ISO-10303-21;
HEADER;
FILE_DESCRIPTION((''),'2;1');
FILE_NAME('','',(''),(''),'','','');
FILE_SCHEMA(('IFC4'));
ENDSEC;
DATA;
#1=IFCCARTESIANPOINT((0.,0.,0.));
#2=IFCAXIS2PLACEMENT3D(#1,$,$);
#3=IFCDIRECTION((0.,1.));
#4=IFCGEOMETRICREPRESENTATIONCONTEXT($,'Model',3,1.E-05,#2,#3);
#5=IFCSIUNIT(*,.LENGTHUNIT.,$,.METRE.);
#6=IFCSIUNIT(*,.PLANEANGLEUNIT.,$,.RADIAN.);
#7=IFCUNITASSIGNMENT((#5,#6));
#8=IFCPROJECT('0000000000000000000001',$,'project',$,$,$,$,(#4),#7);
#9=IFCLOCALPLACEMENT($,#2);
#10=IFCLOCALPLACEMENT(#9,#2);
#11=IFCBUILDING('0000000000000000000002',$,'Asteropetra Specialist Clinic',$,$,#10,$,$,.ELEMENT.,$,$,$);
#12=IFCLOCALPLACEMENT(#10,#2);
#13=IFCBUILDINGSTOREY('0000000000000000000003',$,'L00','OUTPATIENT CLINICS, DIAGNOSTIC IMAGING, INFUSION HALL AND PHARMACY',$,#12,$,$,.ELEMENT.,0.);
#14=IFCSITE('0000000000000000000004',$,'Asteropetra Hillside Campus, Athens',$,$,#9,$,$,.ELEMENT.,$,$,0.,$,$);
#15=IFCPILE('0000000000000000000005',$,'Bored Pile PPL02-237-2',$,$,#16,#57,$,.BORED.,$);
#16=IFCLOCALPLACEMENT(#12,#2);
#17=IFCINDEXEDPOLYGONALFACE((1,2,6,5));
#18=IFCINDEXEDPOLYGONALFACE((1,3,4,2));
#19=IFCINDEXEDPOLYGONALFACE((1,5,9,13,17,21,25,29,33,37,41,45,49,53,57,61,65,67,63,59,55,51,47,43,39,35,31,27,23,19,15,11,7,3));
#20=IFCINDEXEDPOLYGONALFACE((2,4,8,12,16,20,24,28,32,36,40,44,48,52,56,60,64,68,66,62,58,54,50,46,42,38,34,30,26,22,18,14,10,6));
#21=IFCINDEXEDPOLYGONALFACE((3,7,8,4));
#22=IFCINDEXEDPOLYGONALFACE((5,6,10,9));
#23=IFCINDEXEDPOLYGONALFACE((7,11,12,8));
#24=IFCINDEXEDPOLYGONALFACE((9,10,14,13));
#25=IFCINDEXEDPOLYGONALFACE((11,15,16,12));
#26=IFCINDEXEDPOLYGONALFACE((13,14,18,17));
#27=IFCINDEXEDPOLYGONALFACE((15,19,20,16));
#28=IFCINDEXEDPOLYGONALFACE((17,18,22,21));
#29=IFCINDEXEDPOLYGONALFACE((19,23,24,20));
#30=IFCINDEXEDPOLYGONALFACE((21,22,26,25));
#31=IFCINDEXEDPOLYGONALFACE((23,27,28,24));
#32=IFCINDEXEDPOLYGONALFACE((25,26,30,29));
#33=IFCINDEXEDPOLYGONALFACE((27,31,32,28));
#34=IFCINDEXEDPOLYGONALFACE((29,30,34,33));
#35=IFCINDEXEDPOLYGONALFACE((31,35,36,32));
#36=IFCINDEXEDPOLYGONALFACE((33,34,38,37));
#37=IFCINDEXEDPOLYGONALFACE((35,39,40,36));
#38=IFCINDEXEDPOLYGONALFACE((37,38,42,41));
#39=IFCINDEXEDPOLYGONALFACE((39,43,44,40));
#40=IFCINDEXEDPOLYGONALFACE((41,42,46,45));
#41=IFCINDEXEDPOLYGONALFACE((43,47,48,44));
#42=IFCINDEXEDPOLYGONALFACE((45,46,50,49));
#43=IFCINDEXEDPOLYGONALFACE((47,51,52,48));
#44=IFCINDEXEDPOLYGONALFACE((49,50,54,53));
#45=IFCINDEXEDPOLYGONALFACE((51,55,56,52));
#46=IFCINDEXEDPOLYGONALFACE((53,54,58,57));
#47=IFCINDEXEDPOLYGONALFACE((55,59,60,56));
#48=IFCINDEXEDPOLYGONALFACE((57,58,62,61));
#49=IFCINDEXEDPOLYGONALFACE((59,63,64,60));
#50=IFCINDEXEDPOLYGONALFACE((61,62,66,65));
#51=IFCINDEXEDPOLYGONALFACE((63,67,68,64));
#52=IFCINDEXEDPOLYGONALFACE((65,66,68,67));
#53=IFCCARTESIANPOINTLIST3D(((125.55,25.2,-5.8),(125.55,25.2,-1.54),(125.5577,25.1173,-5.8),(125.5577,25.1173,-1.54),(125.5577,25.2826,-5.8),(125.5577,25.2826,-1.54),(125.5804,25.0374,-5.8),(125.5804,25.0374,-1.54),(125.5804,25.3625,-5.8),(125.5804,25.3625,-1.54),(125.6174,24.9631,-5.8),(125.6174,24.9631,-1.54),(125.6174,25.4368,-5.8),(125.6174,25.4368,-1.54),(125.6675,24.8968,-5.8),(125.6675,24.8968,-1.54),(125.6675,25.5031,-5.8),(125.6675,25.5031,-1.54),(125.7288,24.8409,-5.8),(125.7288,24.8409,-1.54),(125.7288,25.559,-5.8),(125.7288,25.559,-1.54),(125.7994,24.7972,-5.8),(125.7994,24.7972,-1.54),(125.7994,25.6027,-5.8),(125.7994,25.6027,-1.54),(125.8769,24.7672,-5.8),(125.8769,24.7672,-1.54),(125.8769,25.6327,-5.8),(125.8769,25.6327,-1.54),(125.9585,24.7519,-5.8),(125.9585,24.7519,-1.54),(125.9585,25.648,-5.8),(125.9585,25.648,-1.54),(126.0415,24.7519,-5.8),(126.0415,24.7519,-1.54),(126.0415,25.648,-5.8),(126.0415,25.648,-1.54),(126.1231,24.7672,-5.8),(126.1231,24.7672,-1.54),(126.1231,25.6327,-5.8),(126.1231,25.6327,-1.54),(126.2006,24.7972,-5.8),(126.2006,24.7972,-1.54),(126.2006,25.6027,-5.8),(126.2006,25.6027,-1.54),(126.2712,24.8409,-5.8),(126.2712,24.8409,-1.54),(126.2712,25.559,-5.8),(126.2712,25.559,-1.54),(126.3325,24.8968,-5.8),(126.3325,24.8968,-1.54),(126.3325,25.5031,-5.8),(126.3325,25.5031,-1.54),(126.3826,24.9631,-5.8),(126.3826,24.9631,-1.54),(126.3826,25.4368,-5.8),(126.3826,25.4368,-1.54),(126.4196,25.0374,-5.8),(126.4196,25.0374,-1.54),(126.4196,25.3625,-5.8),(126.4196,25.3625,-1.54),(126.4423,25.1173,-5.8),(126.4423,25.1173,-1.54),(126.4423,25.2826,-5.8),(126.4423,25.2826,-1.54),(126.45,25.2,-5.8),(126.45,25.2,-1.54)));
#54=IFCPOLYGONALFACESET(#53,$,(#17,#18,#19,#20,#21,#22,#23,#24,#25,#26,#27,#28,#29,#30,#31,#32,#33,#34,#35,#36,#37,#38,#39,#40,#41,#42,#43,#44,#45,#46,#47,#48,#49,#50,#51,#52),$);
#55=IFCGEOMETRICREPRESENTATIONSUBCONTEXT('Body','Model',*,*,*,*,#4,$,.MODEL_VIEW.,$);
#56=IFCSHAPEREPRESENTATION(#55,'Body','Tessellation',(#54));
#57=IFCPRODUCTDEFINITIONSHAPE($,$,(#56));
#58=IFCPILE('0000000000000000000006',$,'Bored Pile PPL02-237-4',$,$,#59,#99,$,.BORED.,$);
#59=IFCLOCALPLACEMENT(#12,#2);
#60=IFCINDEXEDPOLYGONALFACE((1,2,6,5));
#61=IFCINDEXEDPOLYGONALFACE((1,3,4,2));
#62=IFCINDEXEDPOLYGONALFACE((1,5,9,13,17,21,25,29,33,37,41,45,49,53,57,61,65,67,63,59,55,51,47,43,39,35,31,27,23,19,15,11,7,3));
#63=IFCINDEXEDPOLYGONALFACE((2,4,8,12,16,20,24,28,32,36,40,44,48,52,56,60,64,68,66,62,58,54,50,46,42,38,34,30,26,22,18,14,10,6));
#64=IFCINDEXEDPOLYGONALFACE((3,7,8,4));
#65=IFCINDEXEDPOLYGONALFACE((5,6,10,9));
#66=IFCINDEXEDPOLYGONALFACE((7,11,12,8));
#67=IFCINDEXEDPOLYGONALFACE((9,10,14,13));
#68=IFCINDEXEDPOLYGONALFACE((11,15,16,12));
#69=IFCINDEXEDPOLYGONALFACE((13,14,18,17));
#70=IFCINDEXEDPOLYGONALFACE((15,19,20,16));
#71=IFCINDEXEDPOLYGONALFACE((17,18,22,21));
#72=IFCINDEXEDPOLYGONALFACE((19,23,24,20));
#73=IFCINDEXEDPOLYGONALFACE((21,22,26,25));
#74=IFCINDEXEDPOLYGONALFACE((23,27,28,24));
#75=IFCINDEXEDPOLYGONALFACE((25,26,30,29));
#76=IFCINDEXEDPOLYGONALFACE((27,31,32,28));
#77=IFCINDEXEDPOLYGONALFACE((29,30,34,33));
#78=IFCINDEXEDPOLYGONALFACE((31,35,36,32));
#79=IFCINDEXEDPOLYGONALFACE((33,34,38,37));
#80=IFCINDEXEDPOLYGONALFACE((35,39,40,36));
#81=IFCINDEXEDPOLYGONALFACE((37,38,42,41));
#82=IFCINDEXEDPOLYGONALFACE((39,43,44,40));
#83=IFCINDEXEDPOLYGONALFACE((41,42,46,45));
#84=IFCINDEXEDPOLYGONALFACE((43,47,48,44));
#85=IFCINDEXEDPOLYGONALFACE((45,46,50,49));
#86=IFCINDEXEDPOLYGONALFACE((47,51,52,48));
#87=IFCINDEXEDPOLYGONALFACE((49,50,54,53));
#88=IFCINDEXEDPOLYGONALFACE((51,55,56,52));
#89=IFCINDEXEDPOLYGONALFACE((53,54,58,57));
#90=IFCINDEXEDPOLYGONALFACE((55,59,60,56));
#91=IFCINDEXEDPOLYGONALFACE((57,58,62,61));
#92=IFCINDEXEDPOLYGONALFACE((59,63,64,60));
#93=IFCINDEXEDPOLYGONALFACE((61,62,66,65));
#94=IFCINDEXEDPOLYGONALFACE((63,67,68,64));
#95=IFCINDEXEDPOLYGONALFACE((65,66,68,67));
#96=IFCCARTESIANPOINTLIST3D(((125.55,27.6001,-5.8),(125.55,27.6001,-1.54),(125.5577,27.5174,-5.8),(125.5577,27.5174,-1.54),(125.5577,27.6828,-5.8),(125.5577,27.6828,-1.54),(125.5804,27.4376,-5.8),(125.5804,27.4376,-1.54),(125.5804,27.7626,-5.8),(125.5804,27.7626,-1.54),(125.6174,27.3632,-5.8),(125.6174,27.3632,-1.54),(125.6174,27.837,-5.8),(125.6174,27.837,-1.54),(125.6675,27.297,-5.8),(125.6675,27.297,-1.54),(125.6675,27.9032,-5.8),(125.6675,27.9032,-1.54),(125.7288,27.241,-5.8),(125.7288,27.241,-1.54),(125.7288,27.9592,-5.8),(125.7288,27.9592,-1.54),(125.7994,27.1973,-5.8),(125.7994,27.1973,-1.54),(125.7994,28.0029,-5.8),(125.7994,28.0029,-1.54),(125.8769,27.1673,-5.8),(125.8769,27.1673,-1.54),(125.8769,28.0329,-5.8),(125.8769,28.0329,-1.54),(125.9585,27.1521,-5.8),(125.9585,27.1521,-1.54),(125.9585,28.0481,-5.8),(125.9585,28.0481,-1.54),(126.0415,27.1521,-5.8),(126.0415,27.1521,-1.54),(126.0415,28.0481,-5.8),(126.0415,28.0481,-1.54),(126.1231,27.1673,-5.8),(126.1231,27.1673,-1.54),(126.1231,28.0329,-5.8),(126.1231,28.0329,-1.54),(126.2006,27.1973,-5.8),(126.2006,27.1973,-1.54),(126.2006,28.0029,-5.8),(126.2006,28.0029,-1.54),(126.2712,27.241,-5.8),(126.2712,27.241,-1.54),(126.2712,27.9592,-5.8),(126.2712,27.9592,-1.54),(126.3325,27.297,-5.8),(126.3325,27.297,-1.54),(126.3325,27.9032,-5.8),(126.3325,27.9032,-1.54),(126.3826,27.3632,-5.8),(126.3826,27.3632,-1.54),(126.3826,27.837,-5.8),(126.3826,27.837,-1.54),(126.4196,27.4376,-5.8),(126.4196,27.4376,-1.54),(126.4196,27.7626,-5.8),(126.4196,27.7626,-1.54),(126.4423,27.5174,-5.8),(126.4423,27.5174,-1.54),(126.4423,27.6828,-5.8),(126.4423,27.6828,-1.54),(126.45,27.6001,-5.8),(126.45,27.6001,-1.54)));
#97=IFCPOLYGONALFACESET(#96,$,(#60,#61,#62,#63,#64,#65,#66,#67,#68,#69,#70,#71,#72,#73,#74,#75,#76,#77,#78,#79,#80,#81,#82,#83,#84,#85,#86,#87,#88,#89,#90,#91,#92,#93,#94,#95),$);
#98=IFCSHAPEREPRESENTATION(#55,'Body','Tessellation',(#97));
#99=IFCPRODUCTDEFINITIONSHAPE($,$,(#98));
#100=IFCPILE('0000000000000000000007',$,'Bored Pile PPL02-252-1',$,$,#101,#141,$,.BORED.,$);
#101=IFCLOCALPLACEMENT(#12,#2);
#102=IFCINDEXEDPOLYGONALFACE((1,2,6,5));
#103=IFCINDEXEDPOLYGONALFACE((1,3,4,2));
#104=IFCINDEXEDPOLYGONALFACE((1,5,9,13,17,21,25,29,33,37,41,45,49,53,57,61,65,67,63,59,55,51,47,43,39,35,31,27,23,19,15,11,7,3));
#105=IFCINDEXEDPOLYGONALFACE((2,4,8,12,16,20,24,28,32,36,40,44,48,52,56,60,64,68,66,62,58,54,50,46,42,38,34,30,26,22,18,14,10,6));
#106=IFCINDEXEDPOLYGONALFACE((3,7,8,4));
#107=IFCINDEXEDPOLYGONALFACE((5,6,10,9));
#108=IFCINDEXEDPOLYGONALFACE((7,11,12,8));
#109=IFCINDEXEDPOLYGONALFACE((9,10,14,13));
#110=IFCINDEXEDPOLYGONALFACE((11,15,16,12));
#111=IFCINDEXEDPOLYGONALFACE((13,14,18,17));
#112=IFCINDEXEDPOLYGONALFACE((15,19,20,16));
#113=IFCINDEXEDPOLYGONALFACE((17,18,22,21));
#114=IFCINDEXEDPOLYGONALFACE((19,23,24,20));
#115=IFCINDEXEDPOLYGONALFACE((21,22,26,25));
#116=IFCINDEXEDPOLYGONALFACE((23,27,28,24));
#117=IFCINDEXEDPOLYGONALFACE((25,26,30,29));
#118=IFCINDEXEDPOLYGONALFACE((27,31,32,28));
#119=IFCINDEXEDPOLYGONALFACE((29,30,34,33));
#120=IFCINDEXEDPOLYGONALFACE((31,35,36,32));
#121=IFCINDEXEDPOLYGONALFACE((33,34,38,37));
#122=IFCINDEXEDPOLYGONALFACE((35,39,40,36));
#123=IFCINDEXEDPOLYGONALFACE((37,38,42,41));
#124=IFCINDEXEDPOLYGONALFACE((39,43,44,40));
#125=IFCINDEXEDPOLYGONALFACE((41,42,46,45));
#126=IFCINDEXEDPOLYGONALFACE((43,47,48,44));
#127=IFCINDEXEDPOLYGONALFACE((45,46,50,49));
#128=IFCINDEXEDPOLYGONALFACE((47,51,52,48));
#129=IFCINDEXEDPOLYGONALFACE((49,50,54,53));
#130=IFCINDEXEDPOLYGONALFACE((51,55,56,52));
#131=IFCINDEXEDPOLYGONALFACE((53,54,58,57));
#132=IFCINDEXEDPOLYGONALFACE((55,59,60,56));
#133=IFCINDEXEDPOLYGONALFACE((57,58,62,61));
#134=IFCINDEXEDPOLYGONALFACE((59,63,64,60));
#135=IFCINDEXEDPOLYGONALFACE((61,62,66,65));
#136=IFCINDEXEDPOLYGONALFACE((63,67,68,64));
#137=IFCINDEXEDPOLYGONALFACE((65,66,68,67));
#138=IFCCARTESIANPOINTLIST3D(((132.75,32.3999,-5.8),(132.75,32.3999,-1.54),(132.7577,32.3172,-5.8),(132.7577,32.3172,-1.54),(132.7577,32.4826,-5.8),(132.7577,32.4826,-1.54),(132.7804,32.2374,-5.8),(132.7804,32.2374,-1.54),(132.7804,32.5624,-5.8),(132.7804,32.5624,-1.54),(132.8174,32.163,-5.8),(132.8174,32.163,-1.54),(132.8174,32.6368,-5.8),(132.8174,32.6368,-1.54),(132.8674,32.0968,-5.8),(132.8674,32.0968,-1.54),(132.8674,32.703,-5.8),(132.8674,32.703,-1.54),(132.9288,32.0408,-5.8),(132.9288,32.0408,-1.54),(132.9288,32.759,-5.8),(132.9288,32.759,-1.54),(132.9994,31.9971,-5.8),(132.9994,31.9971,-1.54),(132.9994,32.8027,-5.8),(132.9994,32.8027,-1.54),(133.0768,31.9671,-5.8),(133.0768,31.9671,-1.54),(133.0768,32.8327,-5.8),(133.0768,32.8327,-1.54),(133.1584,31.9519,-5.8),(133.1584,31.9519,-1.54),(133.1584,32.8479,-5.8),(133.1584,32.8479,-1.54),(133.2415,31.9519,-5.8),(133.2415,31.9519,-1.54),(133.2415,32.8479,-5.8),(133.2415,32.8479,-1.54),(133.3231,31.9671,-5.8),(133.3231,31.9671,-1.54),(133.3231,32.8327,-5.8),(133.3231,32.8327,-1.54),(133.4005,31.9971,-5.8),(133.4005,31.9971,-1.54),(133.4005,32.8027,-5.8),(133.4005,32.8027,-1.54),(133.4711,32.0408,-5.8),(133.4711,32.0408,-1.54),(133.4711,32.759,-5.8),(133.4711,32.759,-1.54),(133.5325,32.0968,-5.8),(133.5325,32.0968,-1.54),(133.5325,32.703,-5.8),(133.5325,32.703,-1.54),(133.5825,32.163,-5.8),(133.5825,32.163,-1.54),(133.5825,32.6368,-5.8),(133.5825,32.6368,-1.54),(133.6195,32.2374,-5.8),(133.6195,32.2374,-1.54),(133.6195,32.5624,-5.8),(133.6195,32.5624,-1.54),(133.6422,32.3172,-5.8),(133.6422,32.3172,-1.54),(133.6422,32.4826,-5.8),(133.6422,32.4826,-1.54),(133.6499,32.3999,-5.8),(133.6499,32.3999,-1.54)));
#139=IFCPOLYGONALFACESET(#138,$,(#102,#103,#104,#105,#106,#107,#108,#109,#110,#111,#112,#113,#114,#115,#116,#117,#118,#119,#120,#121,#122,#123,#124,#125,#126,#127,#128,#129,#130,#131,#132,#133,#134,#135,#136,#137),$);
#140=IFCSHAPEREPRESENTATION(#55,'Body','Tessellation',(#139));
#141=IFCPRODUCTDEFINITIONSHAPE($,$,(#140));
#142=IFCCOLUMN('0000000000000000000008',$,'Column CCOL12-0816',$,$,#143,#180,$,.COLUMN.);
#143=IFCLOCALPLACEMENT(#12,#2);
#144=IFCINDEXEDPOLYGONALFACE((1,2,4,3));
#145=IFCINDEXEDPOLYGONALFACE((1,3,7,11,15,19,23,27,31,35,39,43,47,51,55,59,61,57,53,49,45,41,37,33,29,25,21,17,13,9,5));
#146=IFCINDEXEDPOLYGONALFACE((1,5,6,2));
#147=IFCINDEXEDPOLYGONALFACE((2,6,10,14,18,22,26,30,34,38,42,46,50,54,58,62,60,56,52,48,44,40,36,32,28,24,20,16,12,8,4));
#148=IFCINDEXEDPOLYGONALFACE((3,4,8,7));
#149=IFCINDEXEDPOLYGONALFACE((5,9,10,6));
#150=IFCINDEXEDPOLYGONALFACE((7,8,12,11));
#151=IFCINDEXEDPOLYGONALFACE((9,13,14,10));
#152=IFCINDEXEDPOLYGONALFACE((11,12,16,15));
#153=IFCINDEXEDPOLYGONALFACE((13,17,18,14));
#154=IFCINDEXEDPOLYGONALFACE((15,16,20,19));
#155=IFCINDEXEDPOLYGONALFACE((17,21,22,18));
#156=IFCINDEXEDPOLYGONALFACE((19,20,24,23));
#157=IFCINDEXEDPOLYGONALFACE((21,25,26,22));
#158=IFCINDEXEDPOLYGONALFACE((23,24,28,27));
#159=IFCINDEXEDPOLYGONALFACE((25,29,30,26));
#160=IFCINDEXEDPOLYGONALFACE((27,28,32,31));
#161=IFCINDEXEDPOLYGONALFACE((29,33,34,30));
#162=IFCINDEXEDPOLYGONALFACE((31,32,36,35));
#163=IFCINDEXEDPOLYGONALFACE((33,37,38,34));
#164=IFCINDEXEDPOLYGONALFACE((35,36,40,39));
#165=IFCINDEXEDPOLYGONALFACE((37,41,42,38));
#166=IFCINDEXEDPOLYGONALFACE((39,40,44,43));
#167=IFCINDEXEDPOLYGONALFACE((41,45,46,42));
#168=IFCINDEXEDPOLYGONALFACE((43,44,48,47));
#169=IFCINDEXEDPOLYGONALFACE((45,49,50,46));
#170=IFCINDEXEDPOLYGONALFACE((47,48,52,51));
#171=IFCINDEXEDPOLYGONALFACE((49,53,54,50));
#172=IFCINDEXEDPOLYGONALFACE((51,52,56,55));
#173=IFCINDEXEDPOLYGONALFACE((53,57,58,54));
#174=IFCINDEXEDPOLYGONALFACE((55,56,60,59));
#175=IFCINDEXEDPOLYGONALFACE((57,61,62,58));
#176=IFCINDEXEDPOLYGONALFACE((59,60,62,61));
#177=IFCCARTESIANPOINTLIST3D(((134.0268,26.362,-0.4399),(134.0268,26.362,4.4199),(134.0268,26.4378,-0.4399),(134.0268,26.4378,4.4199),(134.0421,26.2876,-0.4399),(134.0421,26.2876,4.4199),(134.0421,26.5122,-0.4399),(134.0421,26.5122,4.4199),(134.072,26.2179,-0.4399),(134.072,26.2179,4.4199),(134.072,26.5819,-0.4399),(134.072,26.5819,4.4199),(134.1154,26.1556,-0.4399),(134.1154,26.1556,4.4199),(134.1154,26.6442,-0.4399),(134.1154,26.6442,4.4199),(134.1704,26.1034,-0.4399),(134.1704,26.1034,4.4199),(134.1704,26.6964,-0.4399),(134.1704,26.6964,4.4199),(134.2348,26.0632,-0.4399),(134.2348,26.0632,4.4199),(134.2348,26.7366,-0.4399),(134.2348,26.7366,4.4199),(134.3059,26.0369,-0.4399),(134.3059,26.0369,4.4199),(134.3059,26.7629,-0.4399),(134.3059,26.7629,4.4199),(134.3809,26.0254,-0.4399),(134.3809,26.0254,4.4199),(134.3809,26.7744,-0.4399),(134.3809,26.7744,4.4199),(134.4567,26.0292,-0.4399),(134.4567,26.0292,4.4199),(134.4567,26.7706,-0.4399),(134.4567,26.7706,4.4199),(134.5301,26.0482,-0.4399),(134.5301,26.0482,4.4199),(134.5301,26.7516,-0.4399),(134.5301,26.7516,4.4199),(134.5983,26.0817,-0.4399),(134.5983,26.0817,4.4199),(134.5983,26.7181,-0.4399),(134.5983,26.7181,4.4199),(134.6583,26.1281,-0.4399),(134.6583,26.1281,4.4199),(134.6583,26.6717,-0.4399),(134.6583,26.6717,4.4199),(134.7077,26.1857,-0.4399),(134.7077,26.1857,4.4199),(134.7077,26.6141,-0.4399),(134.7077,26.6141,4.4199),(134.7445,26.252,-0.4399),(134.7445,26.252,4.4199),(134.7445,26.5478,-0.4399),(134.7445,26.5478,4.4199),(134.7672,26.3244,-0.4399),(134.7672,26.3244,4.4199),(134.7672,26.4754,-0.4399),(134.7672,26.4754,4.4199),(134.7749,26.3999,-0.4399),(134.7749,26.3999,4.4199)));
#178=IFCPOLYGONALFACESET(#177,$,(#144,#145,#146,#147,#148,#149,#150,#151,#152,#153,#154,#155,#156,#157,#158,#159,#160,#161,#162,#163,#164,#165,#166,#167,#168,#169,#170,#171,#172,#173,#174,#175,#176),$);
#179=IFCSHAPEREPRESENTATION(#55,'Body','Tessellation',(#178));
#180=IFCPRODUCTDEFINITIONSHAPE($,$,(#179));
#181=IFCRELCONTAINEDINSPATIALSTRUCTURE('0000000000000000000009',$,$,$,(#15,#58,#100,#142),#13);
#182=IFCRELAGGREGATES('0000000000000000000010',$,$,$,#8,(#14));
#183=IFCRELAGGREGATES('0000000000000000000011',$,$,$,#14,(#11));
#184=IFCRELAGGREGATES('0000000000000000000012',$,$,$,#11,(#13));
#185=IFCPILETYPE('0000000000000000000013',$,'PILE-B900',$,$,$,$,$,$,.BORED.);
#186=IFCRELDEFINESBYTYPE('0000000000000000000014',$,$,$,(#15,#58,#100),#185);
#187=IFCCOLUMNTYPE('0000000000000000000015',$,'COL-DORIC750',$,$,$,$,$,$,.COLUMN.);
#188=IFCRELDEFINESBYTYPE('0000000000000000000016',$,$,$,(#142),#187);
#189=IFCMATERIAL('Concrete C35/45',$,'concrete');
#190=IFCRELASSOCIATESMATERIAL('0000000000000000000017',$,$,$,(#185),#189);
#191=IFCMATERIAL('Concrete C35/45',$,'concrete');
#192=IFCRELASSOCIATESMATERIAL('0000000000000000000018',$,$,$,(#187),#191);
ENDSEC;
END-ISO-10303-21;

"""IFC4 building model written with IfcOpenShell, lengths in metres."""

from ifc_helpers import new_model, si_unit, direction, frame, origin, origin_2d, place, context, subcontext, project, spatial, circle, extrude, material, material_profile, profile_set, type_object, element, save


model = new_model("IFC4")

# Units and contexts
model_context = context("Model", 3, precision=1e-05, world=origin(), true_north=direction((0.0, 1.0)))
body_context = subcontext(model_context, "Body", "Model", "MODEL_VIEW")
ifc_project = project(units=[si_unit("LENGTHUNIT", "METRE"), si_unit("PLANEANGLEUNIT", "RADIAN")], contexts=[model_context])

# Site, building, storey
site_placement = place(None, origin())
site = spatial("IfcSite", under=ifc_project, at=site_placement, Name="Asteropetra Hillside Campus, Athens", CompositionType="ELEMENT", RefElevation=0.0)
building_placement = place(site_placement, origin())
building = spatial("IfcBuilding", under=site, at=building_placement, Name="Asteropetra Specialist Clinic", CompositionType="ELEMENT")
storey_placement = place(building_placement, origin())
storey = spatial("IfcBuildingStorey", under=building, at=storey_placement, Name="L00", Description="OUTPATIENT CLINICS, DIAGNOSTIC IMAGING, INFUSION HALL AND PHARMACY", CompositionType="ELEMENT", Elevation=0.0)

# Piles
ifc_material_1 = material(Name="Concrete C35/45", Category="concrete")
ifc_material_profile_1 = material_profile(ifc_material_1, circle(Radius=0.45, at=origin_2d()), Name="PILE D900")
ifc_profile_set_1 = profile_set([ifc_material_profile_1], Name="Concrete C35/45")
pile_type_1 = type_object("IfcPileType", Name="PILE-B900", PredefinedType="BORED", material=ifc_profile_set_1)
for number, where, z_axis, x_axis, name in (
    (1, (126.0, 25.2, -1.54), (0.0, 0.0, -1.0), (1.0, 0.0, 0.0), "Bored Pile PPL02-237-2"),
    (2, (126.0, 27.6001, -1.54), (0.0, 0.0, -1.0), (1.0, 0.0, 0.0), "Bored Pile PPL02-237-4"),
    (3, (133.2, 32.3999, -1.54), (0.0, 0.0, -1.0), (1.0, 0.0, 0.0), "Bored Pile PPL02-252-1"),
):
    element("IfcPile", number, at=place(storey_placement, frame(where, z_axis=z_axis, x_axis=x_axis)), inside=storey, type_object=pile_type_1, Name=name, PredefinedType="BORED", context=body_context, shape_type="SweptSolid", body=[
        extrude(circle(Radius=0.45, at=origin_2d()), origin(), (0.0, 0.0, 1.0), 4.26),
    ])

# Column
ifc_material_2 = material(Name="Concrete C35/45", Category="concrete")
ifc_material_profile_2 = material_profile(ifc_material_2, circle(Radius=0.375, at=origin_2d()), Name="RCC D750")
ifc_profile_set_2 = profile_set([ifc_material_profile_2], Name="Concrete C35/45")
column_type = type_object("IfcColumnType", Name="COL-DORIC750", PredefinedType="COLUMN", material=ifc_profile_set_2)
column_placement = place(storey_placement, frame((134.3999, 26.3999, -0.4399), z_axis=(0.0, 0.0, 1.0), x_axis=(1.0, 0.0, 0.0)))
element("IfcColumn", 4, at=column_placement, inside=storey, type_object=column_type, Name="Column CCOL12-0816", PredefinedType="COLUMN", context=body_context, shape_type="SweptSolid", body=[
    extrude(circle(Radius=0.375, at=origin_2d()), origin(), (0.0, 0.0, 1.0), 4.8599),
])

save(model, "model.ifc")
